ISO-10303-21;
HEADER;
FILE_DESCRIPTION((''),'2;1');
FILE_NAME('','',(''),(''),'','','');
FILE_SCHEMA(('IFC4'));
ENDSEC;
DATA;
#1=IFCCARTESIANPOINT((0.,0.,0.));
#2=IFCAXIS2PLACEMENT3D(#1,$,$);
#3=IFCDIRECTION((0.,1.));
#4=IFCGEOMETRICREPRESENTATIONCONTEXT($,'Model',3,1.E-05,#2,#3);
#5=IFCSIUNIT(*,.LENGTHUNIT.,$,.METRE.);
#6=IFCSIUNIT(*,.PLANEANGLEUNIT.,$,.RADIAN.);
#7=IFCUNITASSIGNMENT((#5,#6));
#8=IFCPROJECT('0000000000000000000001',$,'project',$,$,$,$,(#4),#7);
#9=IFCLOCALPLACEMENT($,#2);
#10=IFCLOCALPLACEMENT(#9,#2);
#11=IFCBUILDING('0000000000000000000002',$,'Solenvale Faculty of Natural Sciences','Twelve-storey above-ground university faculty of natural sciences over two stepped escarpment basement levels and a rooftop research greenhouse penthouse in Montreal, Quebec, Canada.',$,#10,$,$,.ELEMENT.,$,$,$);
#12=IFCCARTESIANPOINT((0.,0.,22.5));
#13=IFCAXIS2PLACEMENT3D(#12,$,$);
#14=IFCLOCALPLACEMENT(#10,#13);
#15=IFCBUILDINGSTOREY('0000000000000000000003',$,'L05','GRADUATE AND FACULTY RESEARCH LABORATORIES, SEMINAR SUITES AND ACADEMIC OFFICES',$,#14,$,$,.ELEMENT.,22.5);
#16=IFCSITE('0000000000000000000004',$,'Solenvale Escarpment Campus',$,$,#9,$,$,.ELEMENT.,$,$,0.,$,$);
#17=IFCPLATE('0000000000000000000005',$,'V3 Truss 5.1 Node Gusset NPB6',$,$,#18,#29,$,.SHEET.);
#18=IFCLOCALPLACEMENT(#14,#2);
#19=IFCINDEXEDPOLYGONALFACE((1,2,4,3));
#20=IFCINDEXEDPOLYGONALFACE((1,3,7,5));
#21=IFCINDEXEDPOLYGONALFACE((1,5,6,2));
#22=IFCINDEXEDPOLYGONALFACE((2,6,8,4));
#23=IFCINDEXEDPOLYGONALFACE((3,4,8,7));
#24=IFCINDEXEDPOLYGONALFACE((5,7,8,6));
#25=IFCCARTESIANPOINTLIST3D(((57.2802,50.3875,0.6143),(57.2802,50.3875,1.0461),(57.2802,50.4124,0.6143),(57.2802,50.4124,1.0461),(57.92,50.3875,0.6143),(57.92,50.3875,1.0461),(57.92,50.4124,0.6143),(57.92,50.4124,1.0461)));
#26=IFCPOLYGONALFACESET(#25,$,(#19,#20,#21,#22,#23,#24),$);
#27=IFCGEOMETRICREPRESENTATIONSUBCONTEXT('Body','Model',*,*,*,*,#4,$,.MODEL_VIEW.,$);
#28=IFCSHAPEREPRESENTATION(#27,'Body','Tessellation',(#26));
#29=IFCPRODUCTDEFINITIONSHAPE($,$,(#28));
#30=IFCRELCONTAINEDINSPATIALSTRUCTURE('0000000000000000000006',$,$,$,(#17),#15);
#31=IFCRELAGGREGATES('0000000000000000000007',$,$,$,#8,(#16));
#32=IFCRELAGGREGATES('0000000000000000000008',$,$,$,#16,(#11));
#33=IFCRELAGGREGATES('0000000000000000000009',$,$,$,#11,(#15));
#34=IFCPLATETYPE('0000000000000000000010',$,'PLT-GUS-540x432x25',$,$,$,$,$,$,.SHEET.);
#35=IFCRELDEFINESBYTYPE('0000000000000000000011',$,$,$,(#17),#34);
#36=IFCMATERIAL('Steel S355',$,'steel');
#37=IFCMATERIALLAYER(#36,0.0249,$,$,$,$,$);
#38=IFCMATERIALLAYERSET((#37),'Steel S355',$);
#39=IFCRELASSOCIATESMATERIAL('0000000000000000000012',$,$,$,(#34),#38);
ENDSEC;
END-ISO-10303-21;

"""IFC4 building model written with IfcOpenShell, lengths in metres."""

from ifc_helpers import new_model, si_unit, direction, frame, origin, origin_2d, place, context, subcontext, project, spatial, rectangle, extrude, material, layer, layer_set, type_object, element, save


model = new_model("IFC4")

# Units and contexts
model_context = context("Model", 3, precision=1e-05, world=origin(), true_north=direction((0.0, 1.0)))
body_context = subcontext(model_context, "Body", "Model", "MODEL_VIEW")
ifc_project = project(units=[si_unit("LENGTHUNIT", "METRE"), si_unit("PLANEANGLEUNIT", "RADIAN")], contexts=[model_context])

# Site, building, storey
site_placement = place(None, origin())
site = spatial("IfcSite", under=ifc_project, at=site_placement, Name="Solenvale Escarpment Campus", CompositionType="ELEMENT", RefElevation=0.0)
building_placement = place(site_placement, origin())
building = spatial("IfcBuilding", under=site, at=building_placement, Name="Solenvale Faculty of Natural Sciences", Description="Twelve-storey above-ground university faculty of natural sciences over two stepped escarpment basement levels and a rooftop research greenhouse penthouse in Montreal, Quebec, Canada.", CompositionType="ELEMENT")
storey_placement = place(building_placement, frame((0.0, 0.0, 22.5)))
storey = spatial("IfcBuildingStorey", under=building, at=storey_placement, Name="L05", Description="GRADUATE AND FACULTY RESEARCH LABORATORIES, SEMINAR SUITES AND ACADEMIC OFFICES", CompositionType="ELEMENT", Elevation=22.5)

# Shared definitions
ifc_material_1 = material(Name="Steel S355", Category="steel")

# Plate
ifc_layer_1 = layer(ifc_material_1, 0.0249)
ifc_layer_set_1 = layer_set([ifc_layer_1], Name="Steel S355")
plate_type_1 = type_object("IfcPlateType", Name="PLT-GUS-540x432x25", PredefinedType="SHEET", material=ifc_layer_set_1)
plate_1_placement = place(storey_placement, frame((57.6001, 50.3999, 0.6143), z_axis=(0.0, 0.0, 1.0), x_axis=(1.0, 0.0, 0.0)))
element("IfcPlate", 1, at=plate_1_placement, inside=storey, type_object=plate_type_1, Name="V3 Truss 5.1 Node Gusset NPB6", PredefinedType="SHEET", context=body_context, shape_type="SweptSolid", body=[
    extrude(rectangle(XDim=0.6399, YDim=0.0249, at=origin_2d()), origin(), (0.0, 0.0, 1.0), 0.4319),
])

save(model, "model.ifc")
